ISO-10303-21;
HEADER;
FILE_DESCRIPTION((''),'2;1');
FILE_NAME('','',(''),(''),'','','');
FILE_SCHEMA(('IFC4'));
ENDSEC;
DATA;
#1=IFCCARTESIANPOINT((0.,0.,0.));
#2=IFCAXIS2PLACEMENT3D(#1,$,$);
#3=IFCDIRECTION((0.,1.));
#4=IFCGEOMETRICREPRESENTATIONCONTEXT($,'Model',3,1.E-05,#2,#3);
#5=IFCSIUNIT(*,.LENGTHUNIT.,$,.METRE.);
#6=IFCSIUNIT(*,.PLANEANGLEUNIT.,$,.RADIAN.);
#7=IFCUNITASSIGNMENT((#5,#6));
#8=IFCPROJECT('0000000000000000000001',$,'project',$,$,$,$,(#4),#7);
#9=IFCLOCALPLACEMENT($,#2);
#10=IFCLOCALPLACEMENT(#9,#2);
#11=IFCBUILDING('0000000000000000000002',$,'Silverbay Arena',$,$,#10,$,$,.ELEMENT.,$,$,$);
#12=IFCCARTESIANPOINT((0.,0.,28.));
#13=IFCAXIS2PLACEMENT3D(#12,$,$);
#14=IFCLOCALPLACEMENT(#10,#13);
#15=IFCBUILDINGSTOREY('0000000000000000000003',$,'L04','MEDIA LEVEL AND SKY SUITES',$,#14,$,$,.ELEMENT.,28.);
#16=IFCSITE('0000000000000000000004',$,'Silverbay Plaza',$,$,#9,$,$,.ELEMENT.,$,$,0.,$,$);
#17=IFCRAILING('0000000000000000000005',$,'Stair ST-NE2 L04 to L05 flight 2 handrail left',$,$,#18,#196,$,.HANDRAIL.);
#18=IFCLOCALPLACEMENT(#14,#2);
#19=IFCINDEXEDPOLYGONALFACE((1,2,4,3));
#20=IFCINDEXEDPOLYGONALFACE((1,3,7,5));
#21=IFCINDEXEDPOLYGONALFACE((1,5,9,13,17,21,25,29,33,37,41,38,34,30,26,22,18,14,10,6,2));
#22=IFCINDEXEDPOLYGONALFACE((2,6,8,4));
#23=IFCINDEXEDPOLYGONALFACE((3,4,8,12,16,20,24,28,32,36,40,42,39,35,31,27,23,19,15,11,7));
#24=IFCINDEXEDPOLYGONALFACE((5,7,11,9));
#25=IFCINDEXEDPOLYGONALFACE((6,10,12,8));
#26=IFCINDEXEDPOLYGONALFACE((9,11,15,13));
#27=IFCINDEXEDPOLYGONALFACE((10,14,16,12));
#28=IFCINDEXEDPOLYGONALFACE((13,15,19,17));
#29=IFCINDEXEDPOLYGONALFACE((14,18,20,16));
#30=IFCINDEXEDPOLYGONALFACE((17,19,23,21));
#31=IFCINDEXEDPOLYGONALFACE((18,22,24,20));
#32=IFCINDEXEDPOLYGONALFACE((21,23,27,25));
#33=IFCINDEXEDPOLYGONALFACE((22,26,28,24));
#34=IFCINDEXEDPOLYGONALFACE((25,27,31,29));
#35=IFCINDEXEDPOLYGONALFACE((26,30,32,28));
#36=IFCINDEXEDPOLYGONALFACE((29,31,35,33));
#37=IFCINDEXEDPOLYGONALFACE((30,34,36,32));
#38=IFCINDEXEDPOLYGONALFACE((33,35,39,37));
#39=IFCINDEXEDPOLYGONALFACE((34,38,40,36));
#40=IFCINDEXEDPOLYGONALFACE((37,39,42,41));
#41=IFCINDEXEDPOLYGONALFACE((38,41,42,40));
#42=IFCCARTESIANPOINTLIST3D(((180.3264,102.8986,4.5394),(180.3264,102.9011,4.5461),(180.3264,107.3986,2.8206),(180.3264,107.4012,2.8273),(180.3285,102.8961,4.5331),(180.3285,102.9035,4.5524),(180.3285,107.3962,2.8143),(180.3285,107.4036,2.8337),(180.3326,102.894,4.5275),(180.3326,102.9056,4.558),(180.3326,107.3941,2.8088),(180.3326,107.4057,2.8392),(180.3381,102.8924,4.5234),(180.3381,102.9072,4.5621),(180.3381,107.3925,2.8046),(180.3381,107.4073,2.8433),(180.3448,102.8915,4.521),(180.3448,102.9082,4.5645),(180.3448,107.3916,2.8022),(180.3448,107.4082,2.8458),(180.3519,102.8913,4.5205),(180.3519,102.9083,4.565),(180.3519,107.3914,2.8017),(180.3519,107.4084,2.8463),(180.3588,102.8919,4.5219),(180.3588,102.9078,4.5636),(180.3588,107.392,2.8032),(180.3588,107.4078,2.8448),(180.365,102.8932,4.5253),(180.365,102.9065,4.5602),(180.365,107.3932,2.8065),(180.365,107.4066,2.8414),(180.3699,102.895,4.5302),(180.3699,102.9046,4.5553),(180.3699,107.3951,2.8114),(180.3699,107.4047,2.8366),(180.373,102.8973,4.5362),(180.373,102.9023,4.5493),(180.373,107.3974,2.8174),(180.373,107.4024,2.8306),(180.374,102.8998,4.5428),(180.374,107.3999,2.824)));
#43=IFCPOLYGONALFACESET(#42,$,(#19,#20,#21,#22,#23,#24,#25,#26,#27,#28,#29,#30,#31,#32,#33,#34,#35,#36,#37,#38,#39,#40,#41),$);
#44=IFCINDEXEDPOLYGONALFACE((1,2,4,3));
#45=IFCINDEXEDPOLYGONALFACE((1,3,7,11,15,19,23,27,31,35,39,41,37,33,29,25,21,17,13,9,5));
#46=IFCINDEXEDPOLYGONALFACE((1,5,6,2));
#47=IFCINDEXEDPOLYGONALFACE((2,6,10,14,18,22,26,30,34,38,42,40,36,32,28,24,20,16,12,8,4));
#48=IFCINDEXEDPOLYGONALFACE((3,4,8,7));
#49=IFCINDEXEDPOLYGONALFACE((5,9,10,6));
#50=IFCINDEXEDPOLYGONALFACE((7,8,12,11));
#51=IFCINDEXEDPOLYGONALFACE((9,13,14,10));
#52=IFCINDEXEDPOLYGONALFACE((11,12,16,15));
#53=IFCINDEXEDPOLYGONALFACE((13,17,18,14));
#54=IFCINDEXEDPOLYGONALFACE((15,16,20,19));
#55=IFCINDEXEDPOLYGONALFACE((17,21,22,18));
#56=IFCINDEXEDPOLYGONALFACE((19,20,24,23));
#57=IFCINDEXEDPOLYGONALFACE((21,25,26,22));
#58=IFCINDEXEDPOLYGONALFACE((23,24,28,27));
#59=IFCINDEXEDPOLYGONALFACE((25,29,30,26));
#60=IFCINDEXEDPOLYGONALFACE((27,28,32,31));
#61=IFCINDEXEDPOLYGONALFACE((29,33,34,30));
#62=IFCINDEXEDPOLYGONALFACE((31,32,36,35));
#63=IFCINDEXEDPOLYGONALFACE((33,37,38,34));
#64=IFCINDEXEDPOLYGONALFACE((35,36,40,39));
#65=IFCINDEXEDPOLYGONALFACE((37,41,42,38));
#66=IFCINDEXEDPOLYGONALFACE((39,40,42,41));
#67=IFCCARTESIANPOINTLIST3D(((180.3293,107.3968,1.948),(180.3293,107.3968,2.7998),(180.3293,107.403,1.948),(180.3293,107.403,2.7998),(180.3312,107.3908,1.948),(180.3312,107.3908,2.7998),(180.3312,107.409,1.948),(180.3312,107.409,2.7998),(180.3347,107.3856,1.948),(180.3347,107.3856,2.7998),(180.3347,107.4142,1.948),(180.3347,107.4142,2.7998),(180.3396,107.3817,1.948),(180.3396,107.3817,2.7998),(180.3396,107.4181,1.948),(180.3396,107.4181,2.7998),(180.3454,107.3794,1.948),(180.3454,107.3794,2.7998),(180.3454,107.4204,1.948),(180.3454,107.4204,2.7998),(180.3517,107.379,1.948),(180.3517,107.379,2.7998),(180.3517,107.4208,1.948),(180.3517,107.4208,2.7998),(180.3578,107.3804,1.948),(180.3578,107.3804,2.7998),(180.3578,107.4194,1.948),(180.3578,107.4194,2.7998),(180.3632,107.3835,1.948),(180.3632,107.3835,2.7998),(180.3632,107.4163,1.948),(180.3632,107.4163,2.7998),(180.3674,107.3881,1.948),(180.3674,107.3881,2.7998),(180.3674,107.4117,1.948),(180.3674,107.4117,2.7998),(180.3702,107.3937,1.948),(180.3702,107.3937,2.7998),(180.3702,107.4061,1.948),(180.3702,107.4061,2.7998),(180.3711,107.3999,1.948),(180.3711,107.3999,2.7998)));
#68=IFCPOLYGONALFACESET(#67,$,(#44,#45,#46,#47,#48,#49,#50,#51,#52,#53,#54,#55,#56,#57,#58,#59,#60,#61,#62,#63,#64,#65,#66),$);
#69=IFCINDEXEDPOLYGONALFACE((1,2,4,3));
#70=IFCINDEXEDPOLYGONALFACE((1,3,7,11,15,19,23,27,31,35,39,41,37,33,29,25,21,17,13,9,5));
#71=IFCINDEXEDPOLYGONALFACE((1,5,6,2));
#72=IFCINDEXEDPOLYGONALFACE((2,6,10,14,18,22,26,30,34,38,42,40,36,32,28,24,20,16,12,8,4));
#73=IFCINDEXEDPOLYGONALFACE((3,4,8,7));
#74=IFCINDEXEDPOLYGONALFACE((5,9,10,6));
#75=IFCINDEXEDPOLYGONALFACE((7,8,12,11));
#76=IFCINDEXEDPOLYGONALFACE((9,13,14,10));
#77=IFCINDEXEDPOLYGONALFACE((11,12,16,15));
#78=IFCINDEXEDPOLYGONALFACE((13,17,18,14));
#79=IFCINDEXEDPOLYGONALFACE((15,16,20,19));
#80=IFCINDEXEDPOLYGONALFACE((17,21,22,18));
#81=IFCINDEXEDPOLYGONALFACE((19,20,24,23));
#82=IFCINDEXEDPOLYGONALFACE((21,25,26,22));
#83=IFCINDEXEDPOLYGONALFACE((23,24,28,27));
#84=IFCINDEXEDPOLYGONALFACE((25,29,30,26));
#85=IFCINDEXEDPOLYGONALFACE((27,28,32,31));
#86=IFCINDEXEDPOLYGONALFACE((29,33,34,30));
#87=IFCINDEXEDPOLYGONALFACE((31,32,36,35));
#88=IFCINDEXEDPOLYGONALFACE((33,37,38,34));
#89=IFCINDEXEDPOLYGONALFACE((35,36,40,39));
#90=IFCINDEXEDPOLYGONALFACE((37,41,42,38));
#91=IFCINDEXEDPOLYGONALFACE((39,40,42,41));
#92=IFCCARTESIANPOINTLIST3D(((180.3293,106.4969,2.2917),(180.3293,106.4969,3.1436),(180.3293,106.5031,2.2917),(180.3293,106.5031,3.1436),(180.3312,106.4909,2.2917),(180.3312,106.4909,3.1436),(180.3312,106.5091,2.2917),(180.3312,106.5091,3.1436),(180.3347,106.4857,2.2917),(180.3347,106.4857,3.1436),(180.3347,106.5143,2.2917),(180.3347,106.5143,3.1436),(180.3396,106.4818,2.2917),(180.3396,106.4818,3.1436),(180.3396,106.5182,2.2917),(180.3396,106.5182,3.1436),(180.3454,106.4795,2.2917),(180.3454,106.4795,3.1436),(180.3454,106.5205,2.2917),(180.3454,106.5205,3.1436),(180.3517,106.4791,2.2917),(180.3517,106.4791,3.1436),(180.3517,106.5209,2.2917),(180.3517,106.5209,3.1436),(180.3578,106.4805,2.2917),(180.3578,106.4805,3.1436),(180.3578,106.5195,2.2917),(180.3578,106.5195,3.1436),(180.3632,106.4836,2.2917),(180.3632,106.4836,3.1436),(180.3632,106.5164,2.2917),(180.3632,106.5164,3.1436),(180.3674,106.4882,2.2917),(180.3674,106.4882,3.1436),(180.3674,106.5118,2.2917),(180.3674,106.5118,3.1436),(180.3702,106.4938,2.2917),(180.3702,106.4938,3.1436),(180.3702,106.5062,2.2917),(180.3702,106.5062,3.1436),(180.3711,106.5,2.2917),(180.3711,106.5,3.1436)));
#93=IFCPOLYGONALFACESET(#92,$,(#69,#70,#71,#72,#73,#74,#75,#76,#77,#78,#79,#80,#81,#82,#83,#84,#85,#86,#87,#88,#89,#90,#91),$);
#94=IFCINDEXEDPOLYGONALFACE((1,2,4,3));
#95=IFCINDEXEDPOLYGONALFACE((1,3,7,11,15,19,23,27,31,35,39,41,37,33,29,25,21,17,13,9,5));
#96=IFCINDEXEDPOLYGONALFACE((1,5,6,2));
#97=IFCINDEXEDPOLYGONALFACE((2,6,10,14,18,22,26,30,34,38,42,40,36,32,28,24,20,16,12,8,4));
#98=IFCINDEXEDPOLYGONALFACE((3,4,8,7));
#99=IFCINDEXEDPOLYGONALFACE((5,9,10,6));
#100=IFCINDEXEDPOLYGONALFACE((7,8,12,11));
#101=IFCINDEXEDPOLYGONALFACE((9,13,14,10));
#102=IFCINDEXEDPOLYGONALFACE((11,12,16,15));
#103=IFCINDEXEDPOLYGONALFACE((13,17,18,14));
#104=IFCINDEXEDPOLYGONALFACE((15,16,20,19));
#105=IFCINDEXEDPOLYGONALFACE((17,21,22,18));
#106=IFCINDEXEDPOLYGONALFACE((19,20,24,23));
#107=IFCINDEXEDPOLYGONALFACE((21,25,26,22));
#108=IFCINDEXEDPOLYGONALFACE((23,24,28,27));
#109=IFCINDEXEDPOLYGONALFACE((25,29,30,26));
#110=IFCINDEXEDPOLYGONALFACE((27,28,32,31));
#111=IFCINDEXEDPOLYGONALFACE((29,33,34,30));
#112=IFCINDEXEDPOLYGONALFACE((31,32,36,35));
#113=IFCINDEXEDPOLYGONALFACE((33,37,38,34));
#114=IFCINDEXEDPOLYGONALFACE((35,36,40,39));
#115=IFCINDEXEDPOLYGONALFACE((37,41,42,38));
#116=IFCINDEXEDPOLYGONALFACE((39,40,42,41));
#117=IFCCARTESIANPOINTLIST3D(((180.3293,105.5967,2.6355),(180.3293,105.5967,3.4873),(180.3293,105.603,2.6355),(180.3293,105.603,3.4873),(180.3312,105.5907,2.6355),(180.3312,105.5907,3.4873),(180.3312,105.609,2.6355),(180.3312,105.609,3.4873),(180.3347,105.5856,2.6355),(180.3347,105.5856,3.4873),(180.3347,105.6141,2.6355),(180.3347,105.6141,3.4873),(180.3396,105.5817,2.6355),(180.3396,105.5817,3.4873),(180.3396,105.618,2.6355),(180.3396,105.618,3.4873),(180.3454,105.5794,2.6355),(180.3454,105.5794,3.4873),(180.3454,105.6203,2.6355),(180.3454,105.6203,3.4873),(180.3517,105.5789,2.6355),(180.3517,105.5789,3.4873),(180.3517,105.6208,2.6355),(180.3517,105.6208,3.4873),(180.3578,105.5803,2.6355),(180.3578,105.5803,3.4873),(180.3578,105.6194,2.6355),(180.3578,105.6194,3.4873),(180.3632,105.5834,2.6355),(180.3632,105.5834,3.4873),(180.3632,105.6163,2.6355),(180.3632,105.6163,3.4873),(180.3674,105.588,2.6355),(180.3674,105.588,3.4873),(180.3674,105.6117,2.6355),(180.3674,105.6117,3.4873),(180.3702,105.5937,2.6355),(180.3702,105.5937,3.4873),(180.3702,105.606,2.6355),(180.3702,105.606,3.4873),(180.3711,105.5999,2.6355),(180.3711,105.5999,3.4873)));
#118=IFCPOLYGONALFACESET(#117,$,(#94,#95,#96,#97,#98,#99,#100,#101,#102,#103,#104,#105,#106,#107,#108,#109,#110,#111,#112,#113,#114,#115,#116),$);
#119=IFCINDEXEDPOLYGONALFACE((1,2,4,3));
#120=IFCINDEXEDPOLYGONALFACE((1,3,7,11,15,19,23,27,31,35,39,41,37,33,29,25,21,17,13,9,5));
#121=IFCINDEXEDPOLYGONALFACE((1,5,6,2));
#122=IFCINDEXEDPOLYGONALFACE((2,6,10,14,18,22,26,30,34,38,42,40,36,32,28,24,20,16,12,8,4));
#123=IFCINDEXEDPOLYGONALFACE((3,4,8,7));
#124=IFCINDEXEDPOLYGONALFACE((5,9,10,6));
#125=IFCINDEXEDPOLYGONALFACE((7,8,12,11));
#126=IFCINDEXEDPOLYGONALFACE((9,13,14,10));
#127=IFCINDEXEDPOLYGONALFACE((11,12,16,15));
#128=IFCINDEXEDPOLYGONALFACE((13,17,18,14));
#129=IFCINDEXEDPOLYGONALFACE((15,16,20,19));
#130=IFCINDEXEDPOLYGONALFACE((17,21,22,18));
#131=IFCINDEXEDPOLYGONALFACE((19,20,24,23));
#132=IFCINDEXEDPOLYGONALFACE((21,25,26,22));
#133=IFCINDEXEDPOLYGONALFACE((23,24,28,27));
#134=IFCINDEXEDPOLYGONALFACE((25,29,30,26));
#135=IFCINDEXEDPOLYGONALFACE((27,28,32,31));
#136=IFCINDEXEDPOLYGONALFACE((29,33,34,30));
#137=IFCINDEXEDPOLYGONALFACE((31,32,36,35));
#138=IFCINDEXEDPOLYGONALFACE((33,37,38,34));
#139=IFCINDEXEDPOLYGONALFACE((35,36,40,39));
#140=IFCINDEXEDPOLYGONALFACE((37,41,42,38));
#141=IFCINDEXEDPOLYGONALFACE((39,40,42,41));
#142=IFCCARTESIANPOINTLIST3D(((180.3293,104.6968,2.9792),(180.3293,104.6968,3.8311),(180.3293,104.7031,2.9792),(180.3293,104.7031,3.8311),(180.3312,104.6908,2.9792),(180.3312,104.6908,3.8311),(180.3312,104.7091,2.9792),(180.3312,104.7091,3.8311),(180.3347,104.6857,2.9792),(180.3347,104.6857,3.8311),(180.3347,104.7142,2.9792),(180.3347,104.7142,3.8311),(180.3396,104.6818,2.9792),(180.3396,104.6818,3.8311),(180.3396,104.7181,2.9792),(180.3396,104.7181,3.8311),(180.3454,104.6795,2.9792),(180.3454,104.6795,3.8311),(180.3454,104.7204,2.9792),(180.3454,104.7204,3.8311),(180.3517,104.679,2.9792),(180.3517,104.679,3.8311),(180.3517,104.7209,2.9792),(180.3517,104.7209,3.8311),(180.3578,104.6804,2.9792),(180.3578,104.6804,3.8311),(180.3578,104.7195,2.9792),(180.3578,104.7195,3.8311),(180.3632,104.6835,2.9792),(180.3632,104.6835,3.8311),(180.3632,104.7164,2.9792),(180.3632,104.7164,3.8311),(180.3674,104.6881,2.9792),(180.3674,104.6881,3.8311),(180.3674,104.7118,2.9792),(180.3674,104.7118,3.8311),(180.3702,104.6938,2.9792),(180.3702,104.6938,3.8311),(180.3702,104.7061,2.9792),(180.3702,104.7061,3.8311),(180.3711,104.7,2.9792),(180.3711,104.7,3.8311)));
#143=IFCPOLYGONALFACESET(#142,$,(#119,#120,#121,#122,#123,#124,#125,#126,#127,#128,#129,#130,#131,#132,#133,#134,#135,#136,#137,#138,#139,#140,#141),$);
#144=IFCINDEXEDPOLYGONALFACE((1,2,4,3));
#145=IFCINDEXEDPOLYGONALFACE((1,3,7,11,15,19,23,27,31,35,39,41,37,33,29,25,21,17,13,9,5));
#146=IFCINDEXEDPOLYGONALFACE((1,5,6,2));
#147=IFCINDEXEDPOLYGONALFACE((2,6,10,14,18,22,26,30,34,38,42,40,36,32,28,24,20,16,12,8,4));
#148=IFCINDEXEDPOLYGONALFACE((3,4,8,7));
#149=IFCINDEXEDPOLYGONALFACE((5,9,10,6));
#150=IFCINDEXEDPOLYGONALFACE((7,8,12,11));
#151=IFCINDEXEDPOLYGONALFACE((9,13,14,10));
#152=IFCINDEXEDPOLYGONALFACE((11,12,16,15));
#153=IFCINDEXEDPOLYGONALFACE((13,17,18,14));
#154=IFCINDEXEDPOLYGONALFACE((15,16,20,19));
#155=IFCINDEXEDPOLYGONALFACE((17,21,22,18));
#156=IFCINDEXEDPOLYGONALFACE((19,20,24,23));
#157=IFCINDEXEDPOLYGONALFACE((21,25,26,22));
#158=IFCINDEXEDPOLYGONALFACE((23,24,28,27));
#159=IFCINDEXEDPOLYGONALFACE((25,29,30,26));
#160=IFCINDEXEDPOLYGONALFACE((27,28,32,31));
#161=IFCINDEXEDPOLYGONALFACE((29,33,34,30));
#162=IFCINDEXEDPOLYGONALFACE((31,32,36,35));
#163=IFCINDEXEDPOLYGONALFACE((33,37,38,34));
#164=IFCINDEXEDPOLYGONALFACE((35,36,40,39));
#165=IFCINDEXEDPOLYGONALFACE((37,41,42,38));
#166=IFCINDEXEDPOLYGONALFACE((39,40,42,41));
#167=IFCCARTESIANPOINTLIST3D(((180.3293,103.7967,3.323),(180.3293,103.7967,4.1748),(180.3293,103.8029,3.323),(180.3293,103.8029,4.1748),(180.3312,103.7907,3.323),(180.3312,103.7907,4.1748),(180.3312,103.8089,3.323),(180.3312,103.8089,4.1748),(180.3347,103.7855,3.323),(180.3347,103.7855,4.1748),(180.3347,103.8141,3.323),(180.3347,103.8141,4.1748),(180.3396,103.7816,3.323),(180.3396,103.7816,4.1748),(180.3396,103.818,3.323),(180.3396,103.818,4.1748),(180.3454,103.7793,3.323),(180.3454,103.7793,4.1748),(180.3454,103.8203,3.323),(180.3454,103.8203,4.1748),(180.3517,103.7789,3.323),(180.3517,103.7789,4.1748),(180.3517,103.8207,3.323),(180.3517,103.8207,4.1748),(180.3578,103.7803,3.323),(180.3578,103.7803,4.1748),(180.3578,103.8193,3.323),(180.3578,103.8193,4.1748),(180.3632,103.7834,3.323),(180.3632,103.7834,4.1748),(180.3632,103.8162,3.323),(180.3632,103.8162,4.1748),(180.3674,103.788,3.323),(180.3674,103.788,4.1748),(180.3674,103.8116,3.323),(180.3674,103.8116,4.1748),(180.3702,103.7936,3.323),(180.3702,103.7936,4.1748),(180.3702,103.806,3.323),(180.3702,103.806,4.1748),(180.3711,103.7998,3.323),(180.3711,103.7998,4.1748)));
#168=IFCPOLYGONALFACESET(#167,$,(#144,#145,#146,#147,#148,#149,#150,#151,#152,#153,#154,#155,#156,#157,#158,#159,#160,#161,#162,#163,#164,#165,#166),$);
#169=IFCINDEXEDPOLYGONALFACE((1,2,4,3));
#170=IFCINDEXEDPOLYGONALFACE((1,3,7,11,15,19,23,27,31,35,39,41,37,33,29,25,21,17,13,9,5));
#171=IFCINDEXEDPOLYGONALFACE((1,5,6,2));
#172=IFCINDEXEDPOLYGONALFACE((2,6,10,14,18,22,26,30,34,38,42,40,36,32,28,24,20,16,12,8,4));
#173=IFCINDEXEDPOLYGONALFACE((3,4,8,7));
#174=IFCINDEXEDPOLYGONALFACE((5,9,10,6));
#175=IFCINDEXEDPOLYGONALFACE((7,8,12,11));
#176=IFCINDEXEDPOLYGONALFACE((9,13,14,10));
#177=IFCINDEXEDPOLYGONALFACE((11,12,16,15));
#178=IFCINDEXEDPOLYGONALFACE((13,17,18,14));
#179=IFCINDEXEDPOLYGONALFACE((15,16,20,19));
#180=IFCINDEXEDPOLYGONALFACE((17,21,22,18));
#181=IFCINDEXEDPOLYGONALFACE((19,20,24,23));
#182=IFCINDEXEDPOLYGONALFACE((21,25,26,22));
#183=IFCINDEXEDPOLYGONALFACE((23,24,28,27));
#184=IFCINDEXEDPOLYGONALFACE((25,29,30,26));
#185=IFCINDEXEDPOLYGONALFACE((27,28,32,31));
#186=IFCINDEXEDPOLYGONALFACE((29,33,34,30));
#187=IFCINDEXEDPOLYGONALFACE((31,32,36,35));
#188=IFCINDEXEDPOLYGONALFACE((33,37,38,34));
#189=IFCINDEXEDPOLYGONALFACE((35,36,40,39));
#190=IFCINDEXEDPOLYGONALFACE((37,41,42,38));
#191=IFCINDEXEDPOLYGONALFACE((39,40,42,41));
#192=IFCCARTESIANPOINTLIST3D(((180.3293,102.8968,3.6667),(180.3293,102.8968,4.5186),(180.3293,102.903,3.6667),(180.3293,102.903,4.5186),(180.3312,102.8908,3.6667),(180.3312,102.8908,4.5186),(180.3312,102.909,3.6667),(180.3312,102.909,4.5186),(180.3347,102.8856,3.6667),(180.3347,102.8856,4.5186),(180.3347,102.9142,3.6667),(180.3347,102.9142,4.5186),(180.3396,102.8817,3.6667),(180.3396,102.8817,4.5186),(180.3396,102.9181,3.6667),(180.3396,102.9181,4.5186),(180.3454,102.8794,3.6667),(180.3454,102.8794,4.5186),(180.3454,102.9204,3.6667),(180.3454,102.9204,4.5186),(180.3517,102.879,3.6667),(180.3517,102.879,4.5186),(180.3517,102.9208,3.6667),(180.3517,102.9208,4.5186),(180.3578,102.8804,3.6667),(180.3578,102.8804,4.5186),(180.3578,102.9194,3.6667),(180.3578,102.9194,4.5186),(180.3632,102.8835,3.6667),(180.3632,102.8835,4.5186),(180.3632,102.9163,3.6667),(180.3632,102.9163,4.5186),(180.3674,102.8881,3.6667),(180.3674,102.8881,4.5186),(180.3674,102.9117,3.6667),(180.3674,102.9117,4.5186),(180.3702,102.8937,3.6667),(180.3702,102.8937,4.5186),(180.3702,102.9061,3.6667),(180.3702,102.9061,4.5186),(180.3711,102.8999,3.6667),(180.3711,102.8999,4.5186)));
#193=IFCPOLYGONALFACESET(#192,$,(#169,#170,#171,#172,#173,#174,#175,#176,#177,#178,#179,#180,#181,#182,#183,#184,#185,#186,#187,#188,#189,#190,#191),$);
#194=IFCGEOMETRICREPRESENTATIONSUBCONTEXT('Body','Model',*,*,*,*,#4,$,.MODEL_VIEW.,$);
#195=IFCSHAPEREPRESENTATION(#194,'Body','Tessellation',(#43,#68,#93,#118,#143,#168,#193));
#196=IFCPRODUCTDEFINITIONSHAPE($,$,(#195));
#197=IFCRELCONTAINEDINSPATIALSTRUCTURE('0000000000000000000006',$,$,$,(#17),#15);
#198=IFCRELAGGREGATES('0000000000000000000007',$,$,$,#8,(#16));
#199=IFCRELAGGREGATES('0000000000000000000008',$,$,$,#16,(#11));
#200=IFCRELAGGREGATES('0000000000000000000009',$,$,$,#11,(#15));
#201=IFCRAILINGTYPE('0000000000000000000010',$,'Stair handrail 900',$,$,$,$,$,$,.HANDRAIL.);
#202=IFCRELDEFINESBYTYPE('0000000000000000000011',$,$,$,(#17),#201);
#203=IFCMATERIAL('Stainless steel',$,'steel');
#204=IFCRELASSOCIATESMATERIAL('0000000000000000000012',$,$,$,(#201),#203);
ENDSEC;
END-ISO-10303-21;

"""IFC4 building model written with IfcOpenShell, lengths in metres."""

from ifc_helpers import new_model, si_unit, direction, frame, origin, origin_2d, place, context, subcontext, project, spatial, circle, extrude, material, type_object, element, save


model = new_model("IFC4")

# Units and contexts
model_context = context("Model", 3, precision=1e-05, world=origin(), true_north=direction((0.0, 1.0)))
body_context = subcontext(model_context, "Body", "Model", "MODEL_VIEW")
ifc_project = project(units=[si_unit("LENGTHUNIT", "METRE"), si_unit("PLANEANGLEUNIT", "RADIAN")], contexts=[model_context])

# Site, building, storey
site_placement = place(None, origin())
site = spatial("IfcSite", under=ifc_project, at=site_placement, Name="Silverbay Plaza", CompositionType="ELEMENT", RefElevation=0.0)
building_placement = place(site_placement, origin())
building = spatial("IfcBuilding", under=site, at=building_placement, Name="Silverbay Arena", CompositionType="ELEMENT")
storey_placement = place(building_placement, frame((0.0, 0.0, 28.0)))
storey = spatial("IfcBuildingStorey", under=building, at=storey_placement, Name="L04", Description="MEDIA LEVEL AND SKY SUITES", CompositionType="ELEMENT", Elevation=28.0)

# Railing
ifc_material_1 = material(Name="Stainless steel", Category="steel")
railing_type_1 = type_object("IfcRailingType", Name="Stair handrail 900", PredefinedType="HANDRAIL", material=ifc_material_1)
for number, where, name in (
    (1, (180.3501, 107.3999, 1.948), "Stair ST-NE2 L04 to L05 flight 2 handrail left"),
):
    element("IfcRailing", number, at=place(storey_placement, frame(where)), inside=storey, type_object=railing_type_1, Name=name, PredefinedType="HANDRAIL", context=body_context, shape_type="SweptSolid", body=[
        extrude(circle(Radius=0.0239, at=origin_2d()), frame((0.0, 0.0, 0.876), z_axis=(0.0, -0.934179, 0.356805), x_axis=(1.0, 0.0, 0.0)), (0.0, 0.0, 1.0), 4.8171),
        extrude(circle(Radius=0.021, at=origin_2d()), origin(), (0.0, 0.0, 1.0), 0.8518),
        extrude(circle(Radius=0.021, at=origin_2d()), frame((0.0, -0.8999, 0.3438)), (0.0, 0.0, 1.0), 0.8518),
        extrude(circle(Radius=0.021, at=origin_2d()), frame((0.0, -1.8, 0.6875)), (0.0, 0.0, 1.0), 0.8518),
        extrude(circle(Radius=0.021, at=origin_2d()), frame((0.0, -2.7, 1.0312)), (0.0, 0.0, 1.0), 0.8518),
        extrude(circle(Radius=0.021, at=origin_2d()), frame((0.0, -3.6001, 1.375)), (0.0, 0.0, 1.0), 0.8518),
        extrude(circle(Radius=0.021, at=origin_2d()), frame((0.0, -4.5, 1.7188)), (0.0, 0.0, 1.0), 0.8518),
    ])

save(model, "model.ifc")
